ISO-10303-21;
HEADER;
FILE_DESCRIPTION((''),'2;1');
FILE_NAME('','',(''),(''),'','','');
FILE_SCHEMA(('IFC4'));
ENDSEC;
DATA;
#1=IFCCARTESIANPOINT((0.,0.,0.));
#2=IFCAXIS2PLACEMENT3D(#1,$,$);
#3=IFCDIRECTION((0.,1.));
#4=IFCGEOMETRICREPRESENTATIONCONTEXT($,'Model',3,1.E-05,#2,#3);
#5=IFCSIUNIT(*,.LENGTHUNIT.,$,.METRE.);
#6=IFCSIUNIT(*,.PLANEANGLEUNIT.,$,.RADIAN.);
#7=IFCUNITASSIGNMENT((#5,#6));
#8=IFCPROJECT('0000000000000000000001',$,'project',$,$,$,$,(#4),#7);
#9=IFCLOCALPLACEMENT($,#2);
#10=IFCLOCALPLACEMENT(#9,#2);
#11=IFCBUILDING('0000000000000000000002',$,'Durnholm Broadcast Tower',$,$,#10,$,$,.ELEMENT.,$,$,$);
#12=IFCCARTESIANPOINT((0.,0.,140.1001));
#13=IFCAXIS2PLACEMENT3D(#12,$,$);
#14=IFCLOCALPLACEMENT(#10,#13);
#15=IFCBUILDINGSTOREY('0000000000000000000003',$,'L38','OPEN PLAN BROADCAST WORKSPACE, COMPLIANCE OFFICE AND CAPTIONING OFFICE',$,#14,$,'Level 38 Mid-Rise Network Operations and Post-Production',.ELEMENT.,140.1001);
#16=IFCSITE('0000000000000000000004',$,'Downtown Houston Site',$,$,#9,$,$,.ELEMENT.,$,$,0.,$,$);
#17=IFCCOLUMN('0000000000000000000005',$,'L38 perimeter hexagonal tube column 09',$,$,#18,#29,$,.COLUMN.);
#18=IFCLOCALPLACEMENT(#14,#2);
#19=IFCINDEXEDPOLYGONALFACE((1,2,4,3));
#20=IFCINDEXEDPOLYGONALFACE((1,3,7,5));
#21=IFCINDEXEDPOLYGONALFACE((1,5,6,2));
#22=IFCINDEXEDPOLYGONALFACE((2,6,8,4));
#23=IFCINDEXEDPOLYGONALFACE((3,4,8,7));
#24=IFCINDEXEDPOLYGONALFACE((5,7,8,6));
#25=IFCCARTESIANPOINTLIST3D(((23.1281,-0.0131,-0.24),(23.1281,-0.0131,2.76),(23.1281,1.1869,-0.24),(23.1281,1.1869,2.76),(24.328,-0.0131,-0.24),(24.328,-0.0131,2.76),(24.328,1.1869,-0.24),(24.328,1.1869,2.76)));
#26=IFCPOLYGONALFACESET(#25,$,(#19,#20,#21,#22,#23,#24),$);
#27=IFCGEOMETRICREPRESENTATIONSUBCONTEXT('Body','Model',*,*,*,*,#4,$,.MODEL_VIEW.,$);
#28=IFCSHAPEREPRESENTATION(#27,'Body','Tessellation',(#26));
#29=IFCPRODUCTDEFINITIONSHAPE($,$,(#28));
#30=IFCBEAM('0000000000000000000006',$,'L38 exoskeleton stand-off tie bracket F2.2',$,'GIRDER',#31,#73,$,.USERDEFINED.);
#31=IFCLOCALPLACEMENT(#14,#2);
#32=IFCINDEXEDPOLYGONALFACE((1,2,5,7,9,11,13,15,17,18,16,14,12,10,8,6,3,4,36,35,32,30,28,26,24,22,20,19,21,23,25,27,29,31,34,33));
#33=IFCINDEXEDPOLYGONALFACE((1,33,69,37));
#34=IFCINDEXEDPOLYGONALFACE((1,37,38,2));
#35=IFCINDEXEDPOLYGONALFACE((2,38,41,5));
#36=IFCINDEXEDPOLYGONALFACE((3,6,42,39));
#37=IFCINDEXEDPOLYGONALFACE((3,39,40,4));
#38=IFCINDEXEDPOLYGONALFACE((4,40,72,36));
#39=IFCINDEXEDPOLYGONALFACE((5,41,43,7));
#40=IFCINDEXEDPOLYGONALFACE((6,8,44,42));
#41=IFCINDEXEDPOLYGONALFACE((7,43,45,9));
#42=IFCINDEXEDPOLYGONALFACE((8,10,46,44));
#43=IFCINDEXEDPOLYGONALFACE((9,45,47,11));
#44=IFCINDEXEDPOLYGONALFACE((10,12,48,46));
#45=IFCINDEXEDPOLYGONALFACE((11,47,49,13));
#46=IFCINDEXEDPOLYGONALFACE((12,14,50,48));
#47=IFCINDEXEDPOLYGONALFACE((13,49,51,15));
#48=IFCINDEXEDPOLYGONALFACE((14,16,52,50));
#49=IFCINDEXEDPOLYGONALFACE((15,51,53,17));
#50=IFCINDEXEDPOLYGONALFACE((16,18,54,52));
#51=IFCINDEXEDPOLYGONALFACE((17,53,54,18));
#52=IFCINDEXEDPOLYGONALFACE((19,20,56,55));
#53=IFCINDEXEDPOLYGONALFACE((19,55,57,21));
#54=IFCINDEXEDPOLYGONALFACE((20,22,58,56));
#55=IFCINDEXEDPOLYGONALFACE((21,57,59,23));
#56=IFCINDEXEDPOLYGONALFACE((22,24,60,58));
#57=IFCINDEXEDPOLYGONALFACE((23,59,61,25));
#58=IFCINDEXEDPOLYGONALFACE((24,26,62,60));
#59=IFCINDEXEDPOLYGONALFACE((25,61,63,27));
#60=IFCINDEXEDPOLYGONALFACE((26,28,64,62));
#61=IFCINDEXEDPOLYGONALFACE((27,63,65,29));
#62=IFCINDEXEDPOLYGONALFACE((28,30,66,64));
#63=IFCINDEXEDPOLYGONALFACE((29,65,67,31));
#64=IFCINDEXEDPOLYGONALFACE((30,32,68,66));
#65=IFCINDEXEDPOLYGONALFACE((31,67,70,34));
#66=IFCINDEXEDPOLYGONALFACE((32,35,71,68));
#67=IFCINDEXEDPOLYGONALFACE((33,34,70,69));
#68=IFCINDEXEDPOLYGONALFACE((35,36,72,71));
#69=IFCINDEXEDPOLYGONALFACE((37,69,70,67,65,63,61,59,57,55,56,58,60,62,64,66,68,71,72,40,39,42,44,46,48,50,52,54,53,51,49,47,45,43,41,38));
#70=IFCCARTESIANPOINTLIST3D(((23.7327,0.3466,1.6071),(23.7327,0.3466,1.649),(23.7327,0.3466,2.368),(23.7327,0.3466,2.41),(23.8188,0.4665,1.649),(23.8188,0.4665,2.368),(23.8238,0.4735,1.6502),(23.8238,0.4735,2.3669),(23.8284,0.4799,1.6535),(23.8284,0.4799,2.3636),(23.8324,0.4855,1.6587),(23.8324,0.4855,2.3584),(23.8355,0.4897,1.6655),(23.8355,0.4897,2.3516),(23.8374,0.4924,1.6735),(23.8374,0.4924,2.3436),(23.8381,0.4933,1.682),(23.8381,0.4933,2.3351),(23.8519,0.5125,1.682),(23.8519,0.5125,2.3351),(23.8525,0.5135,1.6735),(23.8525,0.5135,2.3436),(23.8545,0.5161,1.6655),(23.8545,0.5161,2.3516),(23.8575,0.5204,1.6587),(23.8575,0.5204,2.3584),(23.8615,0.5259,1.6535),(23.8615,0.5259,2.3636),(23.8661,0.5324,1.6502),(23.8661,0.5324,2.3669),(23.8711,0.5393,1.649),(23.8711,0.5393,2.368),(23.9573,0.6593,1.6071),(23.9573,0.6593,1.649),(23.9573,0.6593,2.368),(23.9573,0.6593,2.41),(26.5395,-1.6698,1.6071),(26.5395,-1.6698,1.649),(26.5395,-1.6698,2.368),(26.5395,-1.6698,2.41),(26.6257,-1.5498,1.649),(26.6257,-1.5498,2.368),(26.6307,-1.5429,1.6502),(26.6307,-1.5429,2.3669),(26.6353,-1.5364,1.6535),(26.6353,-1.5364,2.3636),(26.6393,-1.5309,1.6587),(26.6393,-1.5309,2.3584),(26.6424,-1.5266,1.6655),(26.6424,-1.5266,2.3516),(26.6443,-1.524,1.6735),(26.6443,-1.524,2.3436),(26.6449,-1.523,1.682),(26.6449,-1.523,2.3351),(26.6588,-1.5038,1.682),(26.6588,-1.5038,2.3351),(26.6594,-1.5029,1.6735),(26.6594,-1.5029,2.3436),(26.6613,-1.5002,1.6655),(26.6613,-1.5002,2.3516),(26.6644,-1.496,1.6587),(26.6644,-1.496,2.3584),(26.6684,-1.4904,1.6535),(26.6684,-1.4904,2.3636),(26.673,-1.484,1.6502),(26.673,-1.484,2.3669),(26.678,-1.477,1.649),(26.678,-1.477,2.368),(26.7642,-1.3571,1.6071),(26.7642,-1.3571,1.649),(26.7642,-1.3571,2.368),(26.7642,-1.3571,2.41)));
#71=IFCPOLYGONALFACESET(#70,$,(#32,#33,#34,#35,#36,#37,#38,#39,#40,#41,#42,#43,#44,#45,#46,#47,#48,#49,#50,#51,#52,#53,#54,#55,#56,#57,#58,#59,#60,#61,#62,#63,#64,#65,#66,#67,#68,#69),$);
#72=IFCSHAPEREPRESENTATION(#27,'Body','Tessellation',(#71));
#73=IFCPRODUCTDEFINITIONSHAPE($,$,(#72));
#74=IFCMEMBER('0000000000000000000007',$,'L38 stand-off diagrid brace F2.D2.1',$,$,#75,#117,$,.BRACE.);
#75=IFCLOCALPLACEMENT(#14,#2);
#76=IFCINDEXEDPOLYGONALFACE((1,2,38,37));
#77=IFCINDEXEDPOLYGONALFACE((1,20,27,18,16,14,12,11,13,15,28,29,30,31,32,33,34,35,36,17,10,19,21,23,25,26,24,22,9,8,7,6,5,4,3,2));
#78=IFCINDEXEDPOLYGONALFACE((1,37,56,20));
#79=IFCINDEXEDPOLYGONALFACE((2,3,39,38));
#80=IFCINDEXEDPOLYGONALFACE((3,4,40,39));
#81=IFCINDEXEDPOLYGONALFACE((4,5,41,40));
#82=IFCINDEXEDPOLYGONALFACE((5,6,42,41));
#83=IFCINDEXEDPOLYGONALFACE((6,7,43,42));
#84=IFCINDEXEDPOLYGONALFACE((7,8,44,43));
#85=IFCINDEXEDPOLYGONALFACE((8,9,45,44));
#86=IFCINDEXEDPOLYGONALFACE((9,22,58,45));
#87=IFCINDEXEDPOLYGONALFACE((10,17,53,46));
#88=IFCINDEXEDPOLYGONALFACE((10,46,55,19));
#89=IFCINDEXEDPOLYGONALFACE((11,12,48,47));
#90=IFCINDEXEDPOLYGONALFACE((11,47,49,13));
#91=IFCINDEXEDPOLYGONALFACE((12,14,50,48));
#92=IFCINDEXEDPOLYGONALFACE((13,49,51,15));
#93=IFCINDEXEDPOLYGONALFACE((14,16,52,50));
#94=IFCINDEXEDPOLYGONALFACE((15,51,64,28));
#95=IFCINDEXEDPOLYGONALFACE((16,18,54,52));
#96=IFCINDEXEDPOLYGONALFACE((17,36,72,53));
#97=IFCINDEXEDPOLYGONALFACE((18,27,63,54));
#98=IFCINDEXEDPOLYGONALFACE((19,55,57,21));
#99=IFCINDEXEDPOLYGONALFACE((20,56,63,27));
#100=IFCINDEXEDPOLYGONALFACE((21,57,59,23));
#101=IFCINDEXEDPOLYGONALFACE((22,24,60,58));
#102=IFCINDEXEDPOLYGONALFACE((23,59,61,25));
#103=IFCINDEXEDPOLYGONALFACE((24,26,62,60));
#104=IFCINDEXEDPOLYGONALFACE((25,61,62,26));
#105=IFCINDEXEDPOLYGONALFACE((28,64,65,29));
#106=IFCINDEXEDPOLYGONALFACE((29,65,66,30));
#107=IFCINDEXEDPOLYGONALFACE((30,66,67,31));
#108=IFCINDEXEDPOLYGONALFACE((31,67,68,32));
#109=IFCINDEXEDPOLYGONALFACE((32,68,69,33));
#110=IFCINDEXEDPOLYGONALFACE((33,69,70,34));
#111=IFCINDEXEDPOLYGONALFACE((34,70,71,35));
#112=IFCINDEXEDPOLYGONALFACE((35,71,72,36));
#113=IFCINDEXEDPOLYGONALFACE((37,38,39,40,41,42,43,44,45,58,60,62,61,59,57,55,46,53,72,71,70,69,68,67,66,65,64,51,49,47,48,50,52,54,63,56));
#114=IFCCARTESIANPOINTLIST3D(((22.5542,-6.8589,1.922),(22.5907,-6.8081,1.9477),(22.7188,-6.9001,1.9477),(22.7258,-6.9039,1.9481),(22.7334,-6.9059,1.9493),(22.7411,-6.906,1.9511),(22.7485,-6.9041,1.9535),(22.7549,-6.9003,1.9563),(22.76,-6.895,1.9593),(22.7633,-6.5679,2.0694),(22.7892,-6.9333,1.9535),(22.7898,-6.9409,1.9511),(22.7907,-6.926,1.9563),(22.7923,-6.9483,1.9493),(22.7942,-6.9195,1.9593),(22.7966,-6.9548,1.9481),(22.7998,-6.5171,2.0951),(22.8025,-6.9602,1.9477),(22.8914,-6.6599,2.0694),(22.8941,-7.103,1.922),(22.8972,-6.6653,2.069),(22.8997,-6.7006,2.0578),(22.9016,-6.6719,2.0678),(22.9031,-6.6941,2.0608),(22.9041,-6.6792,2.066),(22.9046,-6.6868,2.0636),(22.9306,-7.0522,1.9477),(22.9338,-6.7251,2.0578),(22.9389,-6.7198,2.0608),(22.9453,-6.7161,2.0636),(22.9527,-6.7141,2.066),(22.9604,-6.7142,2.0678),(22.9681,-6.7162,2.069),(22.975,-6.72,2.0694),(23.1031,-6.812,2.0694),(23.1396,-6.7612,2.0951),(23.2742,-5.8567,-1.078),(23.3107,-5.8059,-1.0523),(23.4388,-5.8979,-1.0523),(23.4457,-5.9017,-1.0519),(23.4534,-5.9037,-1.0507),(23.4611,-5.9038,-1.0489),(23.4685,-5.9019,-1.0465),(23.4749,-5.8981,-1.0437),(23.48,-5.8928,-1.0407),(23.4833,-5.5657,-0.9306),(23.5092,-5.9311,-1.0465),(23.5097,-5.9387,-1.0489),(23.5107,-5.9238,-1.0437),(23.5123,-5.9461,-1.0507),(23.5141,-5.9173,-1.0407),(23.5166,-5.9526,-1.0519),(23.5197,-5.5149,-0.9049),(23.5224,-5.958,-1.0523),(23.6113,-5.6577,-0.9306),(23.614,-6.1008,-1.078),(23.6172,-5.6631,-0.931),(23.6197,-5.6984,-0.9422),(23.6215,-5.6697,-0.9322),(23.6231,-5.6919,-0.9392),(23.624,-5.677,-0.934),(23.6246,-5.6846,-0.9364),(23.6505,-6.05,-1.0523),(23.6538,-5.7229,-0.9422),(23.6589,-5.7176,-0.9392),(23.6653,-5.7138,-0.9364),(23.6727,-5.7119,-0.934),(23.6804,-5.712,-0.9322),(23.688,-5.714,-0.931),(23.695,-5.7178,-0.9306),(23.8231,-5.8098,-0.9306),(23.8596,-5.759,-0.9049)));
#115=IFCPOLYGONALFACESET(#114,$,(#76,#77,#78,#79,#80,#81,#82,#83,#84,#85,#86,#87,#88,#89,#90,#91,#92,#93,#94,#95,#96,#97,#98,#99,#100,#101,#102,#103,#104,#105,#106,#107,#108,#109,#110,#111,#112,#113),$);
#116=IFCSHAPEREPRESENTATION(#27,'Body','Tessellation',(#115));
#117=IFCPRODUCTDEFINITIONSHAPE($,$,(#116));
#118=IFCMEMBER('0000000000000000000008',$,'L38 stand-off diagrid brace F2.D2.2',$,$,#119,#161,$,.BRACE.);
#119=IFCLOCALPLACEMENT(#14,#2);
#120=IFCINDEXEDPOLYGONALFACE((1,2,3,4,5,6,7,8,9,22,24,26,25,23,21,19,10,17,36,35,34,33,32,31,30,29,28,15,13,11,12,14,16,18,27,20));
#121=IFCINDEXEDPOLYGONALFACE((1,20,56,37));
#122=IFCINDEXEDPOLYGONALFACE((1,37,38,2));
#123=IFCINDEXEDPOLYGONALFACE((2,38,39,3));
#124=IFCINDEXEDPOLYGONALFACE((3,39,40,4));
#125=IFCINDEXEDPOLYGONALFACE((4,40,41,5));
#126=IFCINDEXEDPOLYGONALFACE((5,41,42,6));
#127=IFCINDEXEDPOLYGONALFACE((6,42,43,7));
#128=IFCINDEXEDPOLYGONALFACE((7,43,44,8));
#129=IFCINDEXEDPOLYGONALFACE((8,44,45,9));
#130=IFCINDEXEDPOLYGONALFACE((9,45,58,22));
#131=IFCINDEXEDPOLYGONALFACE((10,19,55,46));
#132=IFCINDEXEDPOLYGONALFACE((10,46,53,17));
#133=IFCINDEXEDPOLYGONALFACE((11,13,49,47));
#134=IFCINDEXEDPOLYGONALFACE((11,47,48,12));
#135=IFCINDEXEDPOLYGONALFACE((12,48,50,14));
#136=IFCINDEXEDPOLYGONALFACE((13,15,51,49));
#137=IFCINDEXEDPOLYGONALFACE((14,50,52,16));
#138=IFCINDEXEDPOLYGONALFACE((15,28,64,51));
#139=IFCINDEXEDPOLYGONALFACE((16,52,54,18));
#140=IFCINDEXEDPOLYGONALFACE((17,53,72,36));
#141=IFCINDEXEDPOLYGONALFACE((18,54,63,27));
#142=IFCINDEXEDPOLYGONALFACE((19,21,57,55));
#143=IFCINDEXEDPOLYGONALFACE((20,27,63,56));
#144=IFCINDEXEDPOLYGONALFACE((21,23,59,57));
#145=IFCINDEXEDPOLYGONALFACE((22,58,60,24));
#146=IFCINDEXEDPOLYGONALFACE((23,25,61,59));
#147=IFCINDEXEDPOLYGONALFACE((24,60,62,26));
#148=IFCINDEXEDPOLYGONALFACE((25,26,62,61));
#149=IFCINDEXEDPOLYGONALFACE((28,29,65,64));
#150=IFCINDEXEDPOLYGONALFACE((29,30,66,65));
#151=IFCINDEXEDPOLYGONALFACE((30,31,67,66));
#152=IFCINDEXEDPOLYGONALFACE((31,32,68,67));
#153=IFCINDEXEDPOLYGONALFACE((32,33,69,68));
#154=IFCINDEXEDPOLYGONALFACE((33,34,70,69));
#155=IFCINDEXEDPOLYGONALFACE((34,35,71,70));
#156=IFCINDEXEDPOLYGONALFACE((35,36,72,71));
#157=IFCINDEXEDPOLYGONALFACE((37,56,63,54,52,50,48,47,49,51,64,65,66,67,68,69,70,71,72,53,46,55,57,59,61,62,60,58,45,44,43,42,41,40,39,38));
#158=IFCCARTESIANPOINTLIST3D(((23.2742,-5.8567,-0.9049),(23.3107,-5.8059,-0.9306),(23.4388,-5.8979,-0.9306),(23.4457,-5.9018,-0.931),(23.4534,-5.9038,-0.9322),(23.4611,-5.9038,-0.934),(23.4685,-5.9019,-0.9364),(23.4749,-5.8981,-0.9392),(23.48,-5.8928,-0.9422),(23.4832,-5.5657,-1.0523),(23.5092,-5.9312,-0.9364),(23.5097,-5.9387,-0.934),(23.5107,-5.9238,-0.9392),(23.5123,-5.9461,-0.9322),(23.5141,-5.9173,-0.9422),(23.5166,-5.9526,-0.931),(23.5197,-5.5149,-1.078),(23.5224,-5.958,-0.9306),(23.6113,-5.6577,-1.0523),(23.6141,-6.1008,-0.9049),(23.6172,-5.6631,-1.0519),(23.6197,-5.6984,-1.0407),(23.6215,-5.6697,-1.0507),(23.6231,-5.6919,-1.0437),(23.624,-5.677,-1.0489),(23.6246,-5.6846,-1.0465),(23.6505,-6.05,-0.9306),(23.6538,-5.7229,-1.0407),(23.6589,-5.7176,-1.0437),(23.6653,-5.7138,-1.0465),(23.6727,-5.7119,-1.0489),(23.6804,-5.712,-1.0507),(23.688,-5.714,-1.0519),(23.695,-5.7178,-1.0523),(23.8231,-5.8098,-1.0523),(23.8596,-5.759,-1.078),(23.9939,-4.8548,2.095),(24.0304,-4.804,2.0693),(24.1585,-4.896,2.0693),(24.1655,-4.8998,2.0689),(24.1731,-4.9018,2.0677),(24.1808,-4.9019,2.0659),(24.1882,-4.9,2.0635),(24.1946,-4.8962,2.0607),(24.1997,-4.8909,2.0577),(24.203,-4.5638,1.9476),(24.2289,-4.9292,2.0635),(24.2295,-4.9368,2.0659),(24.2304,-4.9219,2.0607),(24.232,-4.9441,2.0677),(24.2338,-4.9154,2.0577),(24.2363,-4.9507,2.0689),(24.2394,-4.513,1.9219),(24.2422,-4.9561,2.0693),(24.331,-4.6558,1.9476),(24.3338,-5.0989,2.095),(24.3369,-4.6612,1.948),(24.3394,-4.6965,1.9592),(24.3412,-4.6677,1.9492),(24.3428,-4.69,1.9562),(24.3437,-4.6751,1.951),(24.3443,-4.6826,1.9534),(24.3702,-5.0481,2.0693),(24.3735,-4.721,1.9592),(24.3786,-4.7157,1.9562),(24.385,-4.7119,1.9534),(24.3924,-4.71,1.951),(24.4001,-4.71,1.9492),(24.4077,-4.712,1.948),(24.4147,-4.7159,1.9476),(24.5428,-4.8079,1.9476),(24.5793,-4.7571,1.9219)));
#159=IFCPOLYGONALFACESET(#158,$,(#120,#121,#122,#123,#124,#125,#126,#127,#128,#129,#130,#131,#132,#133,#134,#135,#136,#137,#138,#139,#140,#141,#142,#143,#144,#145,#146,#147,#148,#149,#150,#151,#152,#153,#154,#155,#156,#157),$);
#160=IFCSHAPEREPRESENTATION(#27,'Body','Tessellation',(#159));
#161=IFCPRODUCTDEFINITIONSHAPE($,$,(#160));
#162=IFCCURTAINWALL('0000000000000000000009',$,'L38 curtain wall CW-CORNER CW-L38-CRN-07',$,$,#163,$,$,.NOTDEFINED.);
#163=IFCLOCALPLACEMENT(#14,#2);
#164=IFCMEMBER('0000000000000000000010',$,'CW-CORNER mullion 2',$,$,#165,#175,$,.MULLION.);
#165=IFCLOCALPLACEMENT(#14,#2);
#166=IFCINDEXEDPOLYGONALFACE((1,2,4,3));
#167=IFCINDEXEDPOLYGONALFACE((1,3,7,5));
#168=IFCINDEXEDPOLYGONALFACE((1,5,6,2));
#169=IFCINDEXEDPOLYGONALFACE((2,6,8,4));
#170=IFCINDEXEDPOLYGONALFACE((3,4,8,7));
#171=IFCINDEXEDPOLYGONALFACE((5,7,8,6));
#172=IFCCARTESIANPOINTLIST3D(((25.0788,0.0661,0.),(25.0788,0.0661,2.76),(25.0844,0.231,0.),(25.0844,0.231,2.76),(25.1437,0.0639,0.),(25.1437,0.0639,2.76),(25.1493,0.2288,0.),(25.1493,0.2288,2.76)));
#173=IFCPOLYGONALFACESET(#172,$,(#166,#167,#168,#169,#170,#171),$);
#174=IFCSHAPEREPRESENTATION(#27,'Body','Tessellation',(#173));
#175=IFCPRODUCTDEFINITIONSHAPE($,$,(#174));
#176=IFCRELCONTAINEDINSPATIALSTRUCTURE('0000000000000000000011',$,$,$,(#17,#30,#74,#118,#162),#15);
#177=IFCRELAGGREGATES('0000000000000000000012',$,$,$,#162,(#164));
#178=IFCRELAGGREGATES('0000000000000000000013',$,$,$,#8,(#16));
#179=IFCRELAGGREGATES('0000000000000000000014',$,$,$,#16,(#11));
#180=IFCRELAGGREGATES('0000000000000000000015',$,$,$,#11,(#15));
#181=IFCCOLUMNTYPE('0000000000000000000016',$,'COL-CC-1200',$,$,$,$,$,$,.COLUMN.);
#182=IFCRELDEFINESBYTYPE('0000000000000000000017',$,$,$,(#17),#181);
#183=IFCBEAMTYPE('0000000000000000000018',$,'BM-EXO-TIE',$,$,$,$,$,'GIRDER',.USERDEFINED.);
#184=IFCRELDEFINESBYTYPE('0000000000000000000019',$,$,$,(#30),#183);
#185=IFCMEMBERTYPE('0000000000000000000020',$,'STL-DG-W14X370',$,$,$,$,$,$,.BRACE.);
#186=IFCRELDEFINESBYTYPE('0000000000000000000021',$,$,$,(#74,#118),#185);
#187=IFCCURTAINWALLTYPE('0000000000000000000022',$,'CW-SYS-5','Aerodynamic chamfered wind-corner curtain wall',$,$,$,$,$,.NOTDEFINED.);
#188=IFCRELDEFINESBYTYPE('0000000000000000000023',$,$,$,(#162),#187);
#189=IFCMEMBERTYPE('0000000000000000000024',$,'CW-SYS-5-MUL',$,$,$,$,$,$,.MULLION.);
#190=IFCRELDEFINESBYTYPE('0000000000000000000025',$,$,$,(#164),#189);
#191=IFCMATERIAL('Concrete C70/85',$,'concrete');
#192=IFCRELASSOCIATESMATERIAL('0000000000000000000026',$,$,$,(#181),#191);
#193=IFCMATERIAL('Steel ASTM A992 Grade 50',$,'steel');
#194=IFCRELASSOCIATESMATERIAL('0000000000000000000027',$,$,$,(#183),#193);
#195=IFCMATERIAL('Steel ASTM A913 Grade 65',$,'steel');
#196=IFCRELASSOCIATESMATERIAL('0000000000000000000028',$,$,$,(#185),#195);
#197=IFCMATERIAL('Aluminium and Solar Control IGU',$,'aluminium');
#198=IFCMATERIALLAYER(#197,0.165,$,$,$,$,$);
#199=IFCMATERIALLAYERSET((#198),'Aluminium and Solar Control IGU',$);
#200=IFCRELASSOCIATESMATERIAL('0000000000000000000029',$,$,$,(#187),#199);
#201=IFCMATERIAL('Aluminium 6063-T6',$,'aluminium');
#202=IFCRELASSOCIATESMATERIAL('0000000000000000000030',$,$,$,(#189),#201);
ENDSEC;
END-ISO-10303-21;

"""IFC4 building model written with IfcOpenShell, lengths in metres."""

from ifc_helpers import new_model, si_unit, direction, frame, origin, origin_2d, place, context, subcontext, project, spatial, rectangle, i_section, extrude, source, transform, mapped, material, layer, layer_set, material_profile, profile_set, type_object, type_shapes, element, aggregate, save


model = new_model("IFC4")

# Units and contexts
model_context = context("Model", 3, precision=1e-05, world=origin(), true_north=direction((0.0, 1.0)))
body_context = subcontext(model_context, "Body", "Model", "MODEL_VIEW")
ifc_project = project(units=[si_unit("LENGTHUNIT", "METRE"), si_unit("PLANEANGLEUNIT", "RADIAN")], contexts=[model_context])

# Site, building, storey
site_placement = place(None, origin())
site = spatial("IfcSite", under=ifc_project, at=site_placement, Name="Downtown Houston Site", CompositionType="ELEMENT", RefElevation=0.0)
building_placement = place(site_placement, origin())
building = spatial("IfcBuilding", under=site, at=building_placement, Name="Durnholm Broadcast Tower", CompositionType="ELEMENT")
storey_placement = place(building_placement, frame((0.0, 0.0, 140.1001)))
storey = spatial("IfcBuildingStorey", under=building, at=storey_placement, Name="L38", Description="OPEN PLAN BROADCAST WORKSPACE, COMPLIANCE OFFICE AND CAPTIONING OFFICE", LongName="Level 38 Mid-Rise Network Operations and Post-Production", CompositionType="ELEMENT", Elevation=140.1001)

# Column
ifc_material_1 = material(Name="Concrete C70/85", Category="concrete")
ifc_material_profile_1 = material_profile(ifc_material_1, rectangle(XDim=1.2, YDim=1.2, at=origin_2d()), Name="RC1200X1200")
ifc_profile_set_1 = profile_set([ifc_material_profile_1], Name="Concrete C70/85")
column_type = type_object("IfcColumnType", Name="COL-CC-1200", PredefinedType="COLUMN", material=ifc_profile_set_1)
shared_shape_1 = source(origin(), body_context, "Body", "SweptSolid", [
    extrude(rectangle(XDim=1.2, YDim=1.2, at=origin_2d()), origin(), (0.0, 0.0, 1.0), 3.0),
])
type_shapes(column_type, [shared_shape_1])
column_placement = place(storey_placement, frame((23.728, 0.5869, -0.24), z_axis=(0.0, 0.0, 1.0), x_axis=(1.0, 0.0, 0.0)))
element("IfcColumn", 1, at=column_placement, inside=storey, type_object=column_type, Name="L38 perimeter hexagonal tube column 09", PredefinedType="COLUMN", context=body_context, shape_type="MappedRepresentation", body=[
    mapped(shared_shape_1, transform((0.0, 0.0, 0.0), x_axis=(1.0, 0.0, 0.0), y_axis=(0.0, 1.0, 0.0), z_axis=(0.0, 0.0, 1.0), scale=1.0)),
])

# Beam
ifc_material_2 = material(Name="Steel ASTM A992 Grade 50", Category="steel")
ifc_material_profile_2 = material_profile(ifc_material_2, i_section(OverallWidth=0.385, OverallDepth=0.803, WebThickness=0.0237, FlangeThickness=0.042, FilletRadius=0.033, at=origin_2d()), Name="W30X261")
ifc_profile_set_2 = profile_set([ifc_material_profile_2], Name="Steel ASTM A992 Grade 50")
beam_type = type_object("IfcBeamType", Name="BM-EXO-TIE", ElementType="GIRDER", PredefinedType="USERDEFINED", material=ifc_profile_set_2)
shared_shape_2 = source(origin(), body_context, "Body", "SweptSolid", [
    extrude(i_section(OverallWidth=0.385, OverallDepth=0.803, WebThickness=0.0237, FlangeThickness=0.042, FilletRadius=0.033, at=origin_2d()), origin(), (0.0, 0.0, 1.0), 3.4561),
])
type_shapes(beam_type, [shared_shape_2])
beam_placement = place(storey_placement, frame((23.845, 0.5029, 2.0085), z_axis=(0.812165, -0.583428, 0.0), x_axis=(0.583428, 0.812165, 0.0)))
element("IfcBeam", 2, at=beam_placement, inside=storey, type_object=beam_type, Name="L38 exoskeleton stand-off tie bracket F2.2", ObjectType="GIRDER", PredefinedType="USERDEFINED", context=body_context, shape_type="MappedRepresentation", body=[
    mapped(shared_shape_2, transform((0.0, 0.0, 0.0), x_axis=(1.0, 0.0, 0.0), y_axis=(0.0, 1.0, 0.0), z_axis=(0.0, 0.0, 1.0), scale=1.0)),
])

# Members
ifc_material_3 = material(Name="Steel ASTM A913 Grade 65", Category="steel")
ifc_material_profile_3 = material_profile(ifc_material_3, i_section(OverallWidth=0.4185, OverallDepth=0.4551, WebThickness=0.042, FlangeThickness=0.0676, FilletRadius=0.0305, at=origin_2d()), Name="W14X370")
ifc_profile_set_3 = profile_set([ifc_material_profile_3], Name="Steel ASTM A913 Grade 65")
member_type_1 = type_object("IfcMemberType", Name="STL-DG-W14X370", PredefinedType="BRACE", material=ifc_profile_set_3)
shared_shape_3 = source(origin(), body_context, "Body", "SweptSolid", [
    extrude(i_section(OverallWidth=0.4185, OverallDepth=0.4551, WebThickness=0.042, FlangeThickness=0.0676, FilletRadius=0.0305, at=origin_2d()), origin(), (0.0, 0.0, 1.0), 3.2439),
])
member_1_placement = place(storey_placement, frame((23.5669, -5.8079, -0.9915), z_axis=(-0.221947, -0.30895, 0.924818), x_axis=(0.812153, -0.583444, 0.0)))
element("IfcMember", 3, at=member_1_placement, inside=storey, type_object=member_type_1, Name="L38 stand-off diagrid brace F2.D2.1", PredefinedType="BRACE", context=body_context, shape_type="MappedRepresentation", body=[
    mapped(shared_shape_3, transform((0.0, 0.0, 0.0), x_axis=(1.0, 0.0, 0.0), y_axis=(0.0, 1.0, 0.0), z_axis=(0.0, 0.0, 1.0), scale=1.0)),
])
shared_shape_4 = source(origin(), body_context, "Body", "SweptSolid", [
    extrude(i_section(OverallWidth=0.4185, OverallDepth=0.4551, WebThickness=0.042, FlangeThickness=0.0676, FilletRadius=0.0305, at=origin_2d()), origin(), (0.0, 0.0, 1.0), 3.2437),
])
type_shapes(member_type_1, [shared_shape_3, shared_shape_4])
member_2_placement = place(storey_placement, frame((23.5669, -5.8079, -0.9915), z_axis=(0.221881, 0.308887, 0.924855), x_axis=(-0.812179, 0.583408, 0.0)))
element("IfcMember", 4, at=member_2_placement, inside=storey, type_object=member_type_1, Name="L38 stand-off diagrid brace F2.D2.2", PredefinedType="BRACE", context=body_context, shape_type="MappedRepresentation", body=[
    mapped(shared_shape_4, transform((0.0, 0.0, 0.0), x_axis=(1.0, 0.0, 0.0), y_axis=(0.0, 1.0, 0.0), z_axis=(0.0, 0.0, 1.0), scale=1.0)),
])

# Curtain wall, member
ifc_material_4 = material(Name="Aluminium and Solar Control IGU", Category="aluminium")
ifc_layer_1 = layer(ifc_material_4, 0.165)
ifc_layer_set_1 = layer_set([ifc_layer_1], Name="Aluminium and Solar Control IGU")
curtain_wall_type_1 = type_object("IfcCurtainWallType", Name="CW-SYS-5", Description="Aerodynamic chamfered wind-corner curtain wall", PredefinedType="NOTDEFINED", material=ifc_layer_set_1)
curtain_wall_1_placement = place(storey_placement, origin())
curtain_wall_1 = element("IfcCurtainWall", 5, at=curtain_wall_1_placement, inside=storey, type_object=curtain_wall_type_1, Name="L38 curtain wall CW-CORNER CW-L38-CRN-07", PredefinedType="NOTDEFINED")
ifc_material_5 = material(Name="Aluminium 6063-T6", Category="aluminium")
ifc_material_profile_4 = material_profile(ifc_material_5, rectangle(XDim=0.0649, YDim=0.165, at=origin_2d()), Name="CWM65X165")
ifc_profile_set_4 = profile_set([ifc_material_profile_4], Name="Aluminium 6063-T6")
member_type_2 = type_object("IfcMemberType", Name="CW-SYS-5-MUL", PredefinedType="MULLION", material=ifc_profile_set_4)
shared_shape_5 = source(origin(), body_context, "Body", "SweptSolid", [
    extrude(rectangle(XDim=0.0649, YDim=0.165, at=origin_2d()), origin(), (0.0, 0.0, 1.0), 2.76),
])
type_shapes(member_type_2, [shared_shape_5])
member_3_placement = place(storey_placement, frame((25.114, 0.1475, 0.0), z_axis=(0.0, 0.0, 1.0), x_axis=(0.999425, -0.033917, 0.0)))
member_3 = element("IfcMember", 6, at=member_3_placement, type_object=member_type_2, Name="CW-CORNER mullion 2", PredefinedType="MULLION", context=body_context, shape_type="MappedRepresentation", body=[
    mapped(shared_shape_5, transform((0.0, 0.0, 0.0), x_axis=(1.0, 0.0, 0.0), y_axis=(0.0, 1.0, 0.0), z_axis=(0.0, 0.0, 1.0), scale=1.0)),
])
aggregate(curtain_wall_1, [member_3])

save(model, "model.ifc")
